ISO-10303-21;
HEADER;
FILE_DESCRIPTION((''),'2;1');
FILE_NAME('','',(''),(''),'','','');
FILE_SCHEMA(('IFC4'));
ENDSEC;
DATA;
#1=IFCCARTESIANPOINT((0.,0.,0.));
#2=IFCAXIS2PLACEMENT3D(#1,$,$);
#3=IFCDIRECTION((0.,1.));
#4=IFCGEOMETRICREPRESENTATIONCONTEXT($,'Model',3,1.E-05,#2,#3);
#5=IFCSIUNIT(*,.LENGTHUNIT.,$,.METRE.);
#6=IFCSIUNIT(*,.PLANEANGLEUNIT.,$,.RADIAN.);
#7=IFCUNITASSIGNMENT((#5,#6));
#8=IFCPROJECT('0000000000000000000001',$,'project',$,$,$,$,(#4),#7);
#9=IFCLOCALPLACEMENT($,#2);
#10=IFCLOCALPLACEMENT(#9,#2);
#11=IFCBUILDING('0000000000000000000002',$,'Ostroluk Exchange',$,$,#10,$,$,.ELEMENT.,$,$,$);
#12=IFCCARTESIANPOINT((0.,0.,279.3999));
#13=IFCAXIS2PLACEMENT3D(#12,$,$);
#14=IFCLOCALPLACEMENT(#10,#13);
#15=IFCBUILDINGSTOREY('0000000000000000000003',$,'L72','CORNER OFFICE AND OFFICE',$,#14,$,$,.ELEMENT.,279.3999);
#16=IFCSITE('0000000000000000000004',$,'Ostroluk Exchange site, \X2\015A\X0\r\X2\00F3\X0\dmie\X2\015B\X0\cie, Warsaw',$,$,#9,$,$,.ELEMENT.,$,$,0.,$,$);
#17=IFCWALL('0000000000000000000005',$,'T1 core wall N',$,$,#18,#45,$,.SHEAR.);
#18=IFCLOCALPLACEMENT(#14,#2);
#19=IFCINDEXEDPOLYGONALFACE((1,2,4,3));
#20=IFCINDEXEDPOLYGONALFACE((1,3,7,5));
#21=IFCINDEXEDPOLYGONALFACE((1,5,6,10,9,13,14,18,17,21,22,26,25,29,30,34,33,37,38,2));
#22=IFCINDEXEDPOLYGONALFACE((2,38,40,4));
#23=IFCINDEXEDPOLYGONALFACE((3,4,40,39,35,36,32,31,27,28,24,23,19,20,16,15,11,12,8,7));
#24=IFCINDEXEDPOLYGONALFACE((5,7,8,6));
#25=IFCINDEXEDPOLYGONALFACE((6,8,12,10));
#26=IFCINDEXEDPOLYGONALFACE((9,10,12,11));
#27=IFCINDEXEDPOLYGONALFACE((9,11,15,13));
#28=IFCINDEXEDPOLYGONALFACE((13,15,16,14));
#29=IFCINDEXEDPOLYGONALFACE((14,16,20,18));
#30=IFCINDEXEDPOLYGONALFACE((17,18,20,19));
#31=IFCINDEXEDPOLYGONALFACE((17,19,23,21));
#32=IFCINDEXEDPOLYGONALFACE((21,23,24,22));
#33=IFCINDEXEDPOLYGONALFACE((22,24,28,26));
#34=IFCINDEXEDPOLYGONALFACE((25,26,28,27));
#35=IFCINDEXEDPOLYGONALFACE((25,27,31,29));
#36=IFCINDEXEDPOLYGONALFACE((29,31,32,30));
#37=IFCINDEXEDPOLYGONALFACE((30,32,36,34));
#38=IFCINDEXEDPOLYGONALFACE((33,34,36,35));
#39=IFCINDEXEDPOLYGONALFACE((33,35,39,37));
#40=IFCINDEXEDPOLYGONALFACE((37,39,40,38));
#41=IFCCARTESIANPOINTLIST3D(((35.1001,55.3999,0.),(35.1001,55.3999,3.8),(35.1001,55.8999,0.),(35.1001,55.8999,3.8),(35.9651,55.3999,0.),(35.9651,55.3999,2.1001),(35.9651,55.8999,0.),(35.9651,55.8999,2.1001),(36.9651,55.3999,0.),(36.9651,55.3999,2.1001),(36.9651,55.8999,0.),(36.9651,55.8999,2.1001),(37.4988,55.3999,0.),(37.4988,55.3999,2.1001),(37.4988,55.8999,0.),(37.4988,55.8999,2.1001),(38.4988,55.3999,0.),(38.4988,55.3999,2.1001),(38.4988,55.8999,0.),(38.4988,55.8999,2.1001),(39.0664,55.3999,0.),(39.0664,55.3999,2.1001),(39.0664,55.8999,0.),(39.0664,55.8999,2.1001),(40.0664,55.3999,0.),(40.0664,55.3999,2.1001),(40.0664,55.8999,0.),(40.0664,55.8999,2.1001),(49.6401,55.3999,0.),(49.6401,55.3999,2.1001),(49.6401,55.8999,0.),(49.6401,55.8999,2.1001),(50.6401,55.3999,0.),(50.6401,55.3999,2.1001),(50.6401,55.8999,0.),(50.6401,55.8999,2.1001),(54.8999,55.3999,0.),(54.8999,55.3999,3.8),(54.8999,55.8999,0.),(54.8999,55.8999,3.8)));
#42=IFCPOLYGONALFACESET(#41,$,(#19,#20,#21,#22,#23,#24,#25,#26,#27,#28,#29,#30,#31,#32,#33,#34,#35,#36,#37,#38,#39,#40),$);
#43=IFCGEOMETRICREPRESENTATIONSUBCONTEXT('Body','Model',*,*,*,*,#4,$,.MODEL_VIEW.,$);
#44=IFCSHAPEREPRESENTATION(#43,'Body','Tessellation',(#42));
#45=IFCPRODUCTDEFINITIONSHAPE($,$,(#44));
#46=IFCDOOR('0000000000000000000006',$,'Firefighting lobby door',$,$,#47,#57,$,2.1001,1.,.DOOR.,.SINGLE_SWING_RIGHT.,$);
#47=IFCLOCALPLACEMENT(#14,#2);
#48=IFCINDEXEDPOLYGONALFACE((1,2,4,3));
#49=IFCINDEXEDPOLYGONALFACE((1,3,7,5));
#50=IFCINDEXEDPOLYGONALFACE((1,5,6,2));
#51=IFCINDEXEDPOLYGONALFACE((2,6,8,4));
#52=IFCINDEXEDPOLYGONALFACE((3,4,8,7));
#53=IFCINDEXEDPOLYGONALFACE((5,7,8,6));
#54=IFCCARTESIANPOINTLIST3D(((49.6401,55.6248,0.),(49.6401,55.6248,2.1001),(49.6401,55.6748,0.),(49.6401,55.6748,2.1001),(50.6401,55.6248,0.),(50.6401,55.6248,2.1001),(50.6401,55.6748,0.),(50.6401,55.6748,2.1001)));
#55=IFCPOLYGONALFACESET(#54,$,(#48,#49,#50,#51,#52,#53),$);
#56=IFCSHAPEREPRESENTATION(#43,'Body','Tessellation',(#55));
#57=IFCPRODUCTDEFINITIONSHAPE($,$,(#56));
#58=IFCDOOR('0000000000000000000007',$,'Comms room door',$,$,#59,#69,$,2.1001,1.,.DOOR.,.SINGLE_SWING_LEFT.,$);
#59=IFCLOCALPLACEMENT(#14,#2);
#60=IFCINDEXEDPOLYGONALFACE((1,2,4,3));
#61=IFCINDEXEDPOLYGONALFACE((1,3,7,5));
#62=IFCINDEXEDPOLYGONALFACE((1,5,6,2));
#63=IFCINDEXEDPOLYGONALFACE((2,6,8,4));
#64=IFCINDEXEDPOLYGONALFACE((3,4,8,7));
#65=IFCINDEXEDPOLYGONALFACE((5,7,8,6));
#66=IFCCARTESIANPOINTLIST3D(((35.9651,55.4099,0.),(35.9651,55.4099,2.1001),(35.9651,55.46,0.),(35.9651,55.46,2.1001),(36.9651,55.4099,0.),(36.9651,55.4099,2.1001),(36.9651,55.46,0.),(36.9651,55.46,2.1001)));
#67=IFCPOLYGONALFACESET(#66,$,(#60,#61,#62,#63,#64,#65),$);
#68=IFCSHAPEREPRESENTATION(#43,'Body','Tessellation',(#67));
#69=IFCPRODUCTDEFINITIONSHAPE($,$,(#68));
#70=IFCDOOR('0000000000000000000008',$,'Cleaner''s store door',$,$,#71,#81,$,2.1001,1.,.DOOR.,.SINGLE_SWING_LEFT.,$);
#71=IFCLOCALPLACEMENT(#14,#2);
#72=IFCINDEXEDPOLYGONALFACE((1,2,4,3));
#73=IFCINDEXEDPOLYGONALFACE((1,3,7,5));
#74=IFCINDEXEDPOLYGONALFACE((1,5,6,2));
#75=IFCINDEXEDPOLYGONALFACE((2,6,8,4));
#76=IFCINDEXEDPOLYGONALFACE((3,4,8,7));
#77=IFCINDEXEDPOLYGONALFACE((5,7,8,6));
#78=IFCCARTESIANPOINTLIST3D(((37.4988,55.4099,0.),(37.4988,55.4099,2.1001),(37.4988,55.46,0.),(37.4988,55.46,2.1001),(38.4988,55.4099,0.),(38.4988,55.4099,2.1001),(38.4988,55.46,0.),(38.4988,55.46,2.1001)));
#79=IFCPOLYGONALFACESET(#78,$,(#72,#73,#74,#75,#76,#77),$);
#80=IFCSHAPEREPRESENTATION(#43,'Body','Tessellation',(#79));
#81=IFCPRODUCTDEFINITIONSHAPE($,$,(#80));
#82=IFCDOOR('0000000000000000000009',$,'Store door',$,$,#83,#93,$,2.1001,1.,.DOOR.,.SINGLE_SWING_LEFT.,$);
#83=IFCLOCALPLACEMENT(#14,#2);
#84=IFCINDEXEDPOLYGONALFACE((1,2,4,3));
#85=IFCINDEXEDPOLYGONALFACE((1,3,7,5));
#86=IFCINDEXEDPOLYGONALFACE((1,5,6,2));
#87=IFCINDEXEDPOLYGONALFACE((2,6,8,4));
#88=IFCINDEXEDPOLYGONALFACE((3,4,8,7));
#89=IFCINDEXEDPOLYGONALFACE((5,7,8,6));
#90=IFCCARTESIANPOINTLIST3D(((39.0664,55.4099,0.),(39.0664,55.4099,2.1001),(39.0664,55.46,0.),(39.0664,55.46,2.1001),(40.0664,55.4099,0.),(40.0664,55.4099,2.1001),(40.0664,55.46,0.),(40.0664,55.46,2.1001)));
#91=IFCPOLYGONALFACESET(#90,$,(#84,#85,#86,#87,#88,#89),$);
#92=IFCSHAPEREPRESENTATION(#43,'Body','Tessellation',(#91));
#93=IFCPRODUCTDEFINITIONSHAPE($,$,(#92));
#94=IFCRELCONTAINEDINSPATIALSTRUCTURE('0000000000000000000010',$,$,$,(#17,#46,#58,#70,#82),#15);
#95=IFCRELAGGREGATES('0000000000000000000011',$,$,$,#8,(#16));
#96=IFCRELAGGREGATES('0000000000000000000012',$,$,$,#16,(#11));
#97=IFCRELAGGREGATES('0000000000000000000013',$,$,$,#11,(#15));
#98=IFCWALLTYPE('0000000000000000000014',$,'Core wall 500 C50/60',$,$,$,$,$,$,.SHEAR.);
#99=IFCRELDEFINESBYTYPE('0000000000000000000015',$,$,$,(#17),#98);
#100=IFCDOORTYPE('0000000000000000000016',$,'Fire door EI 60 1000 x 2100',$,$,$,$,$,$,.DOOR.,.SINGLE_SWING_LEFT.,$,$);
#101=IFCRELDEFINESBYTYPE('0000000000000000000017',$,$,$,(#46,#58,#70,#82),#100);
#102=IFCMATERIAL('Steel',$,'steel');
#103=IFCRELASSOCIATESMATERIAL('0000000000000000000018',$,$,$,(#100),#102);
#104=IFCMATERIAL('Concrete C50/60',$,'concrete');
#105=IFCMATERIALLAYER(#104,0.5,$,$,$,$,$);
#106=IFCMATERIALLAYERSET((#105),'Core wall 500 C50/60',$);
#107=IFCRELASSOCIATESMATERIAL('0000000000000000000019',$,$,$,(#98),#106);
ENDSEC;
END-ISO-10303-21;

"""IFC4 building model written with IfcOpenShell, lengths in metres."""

from ifc_helpers import new_model, si_unit, direction, frame, frame_2d, origin, place, context, subcontext, project, spatial, rectangle, extrude, material, layer, layer_set, type_object, element, fill, save


model = new_model("IFC4")

# Units and contexts
model_context = context("Model", 3, precision=1e-05, world=origin(), true_north=direction((0.0, 1.0)))
body_context = subcontext(model_context, "Body", "Model", "MODEL_VIEW")
ifc_project = project(units=[si_unit("LENGTHUNIT", "METRE"), si_unit("PLANEANGLEUNIT", "RADIAN")], contexts=[model_context])

# Site, building, storey
site_placement = place(None, origin())
site = spatial("IfcSite", under=ifc_project, at=site_placement, Name="Ostroluk Exchange site, Śródmieście, Warsaw", CompositionType="ELEMENT", RefElevation=0.0)
building_placement = place(site_placement, origin())
building = spatial("IfcBuilding", under=site, at=building_placement, Name="Ostroluk Exchange", CompositionType="ELEMENT")
storey_placement = place(building_placement, frame((0.0, 0.0, 279.3999)))
storey = spatial("IfcBuildingStorey", under=building, at=storey_placement, Name="L72", Description="CORNER OFFICE AND OFFICE", CompositionType="ELEMENT", Elevation=279.3999)

# Wall, openings, doors
ifc_material_1 = material(Name="Steel", Category="steel")
door_type_1 = type_object("IfcDoorType", Name="Fire door EI 60 1000 x 2100", OperationType="SINGLE_SWING_LEFT", PredefinedType="DOOR", material=ifc_material_1)
ifc_material_2 = material(Name="Concrete C50/60", Category="concrete")
ifc_layer_1 = layer(ifc_material_2, 0.5)
ifc_layer_set_1 = layer_set([ifc_layer_1], Name="Core wall 500 C50/60")
wall_type_1 = type_object("IfcWallType", Name="Core wall 500 C50/60", PredefinedType="SHEAR", material=ifc_layer_set_1)
wall_1_placement = place(storey_placement, frame((35.1001, 55.6499, 0.0), z_axis=(0.0, 0.0, 1.0), x_axis=(1.0, 0.0, 0.0)))
wall_1 = element("IfcWall", 1, at=wall_1_placement, inside=storey, type_object=wall_type_1, Name="T1 core wall N", PredefinedType="SHEAR", context=body_context, shape_type="SweptSolid", body=[
    extrude(rectangle(XDim=19.7998, YDim=0.5, at=frame_2d((9.8999, 0.0))), origin(), (0.0, 0.0, 1.0), 3.8),
])
opening_1_placement = place(wall_1_placement, frame((14.54, 0.0, 0.0)))
opening_1 = element("IfcOpeningElement", 2, at=opening_1_placement, cuts=wall_1, PredefinedType="OPENING", context=body_context, shape_type="SweptSolid", body=[
    extrude(rectangle(XDim=1.0, YDim=2.1001, at=frame_2d((0.5, 1.05))), frame((0.0, 0.26, 0.0), z_axis=(0.0, -1.0, 0.0), x_axis=(1.0, 0.0, 0.0)), (0.0, 0.0, 1.0), 0.52),
])
opening_2_placement = place(wall_1_placement, frame((0.865, 0.0, 0.0)))
opening_2 = element("IfcOpeningElement", 3, at=opening_2_placement, cuts=wall_1, PredefinedType="OPENING", context=body_context, shape_type="SweptSolid", body=[
    extrude(rectangle(XDim=1.0, YDim=2.1001, at=frame_2d((0.5, 1.05))), frame((0.0, 0.26, 0.0), z_axis=(0.0, -1.0, 0.0), x_axis=(1.0, 0.0, 0.0)), (0.0, 0.0, 1.0), 0.52),
])
opening_3_placement = place(wall_1_placement, frame((2.3987, 0.0, 0.0)))
opening_3 = element("IfcOpeningElement", 4, at=opening_3_placement, cuts=wall_1, PredefinedType="OPENING", context=body_context, shape_type="SweptSolid", body=[
    extrude(rectangle(XDim=1.0, YDim=2.1001, at=frame_2d((0.5, 1.05))), frame((0.0, 0.26, 0.0), z_axis=(0.0, -1.0, 0.0), x_axis=(1.0, 0.0, 0.0)), (0.0, 0.0, 1.0), 0.52),
])
opening_4_placement = place(wall_1_placement, frame((3.9663, 0.0, 0.0)))
opening_4 = element("IfcOpeningElement", 5, at=opening_4_placement, cuts=wall_1, PredefinedType="OPENING", context=body_context, shape_type="SweptSolid", body=[
    extrude(rectangle(XDim=1.0, YDim=2.1001, at=frame_2d((0.5, 1.05))), frame((0.0, 0.26, 0.0), z_axis=(0.0, -1.0, 0.0), x_axis=(1.0, 0.0, 0.0)), (0.0, 0.0, 1.0), 0.52),
])
door_1_placement = place(opening_1_placement, origin())
door_1 = element("IfcDoor", 6, at=door_1_placement, inside=storey, type_object=door_type_1, Name="Firefighting lobby door", OperationType="SINGLE_SWING_RIGHT", OverallHeight=2.1001, OverallWidth=1.0, PredefinedType="DOOR", context=body_context, shape_type="SweptSolid", body=[
    extrude(rectangle(XDim=1.0, YDim=2.1001, at=frame_2d((0.5, 1.05))), frame((0.0, 0.0249, 0.0), z_axis=(0.0, -1.0, 0.0), x_axis=(1.0, 0.0, 0.0)), (0.0, 0.0, 1.0), 0.05),
])
fill(opening_1, door_1)
door_2_placement = place(opening_2_placement, origin())
door_2 = element("IfcDoor", 7, at=door_2_placement, inside=storey, type_object=door_type_1, Name="Comms room door", OperationType="SINGLE_SWING_LEFT", OverallHeight=2.1001, OverallWidth=1.0, PredefinedType="DOOR", context=body_context, shape_type="SweptSolid", body=[
    extrude(rectangle(XDim=1.0, YDim=2.1001, at=frame_2d((0.5, 1.05))), frame((0.0, -0.1899, 0.0), z_axis=(0.0, -1.0, 0.0), x_axis=(1.0, 0.0, 0.0)), (0.0, 0.0, 1.0), 0.05),
])
fill(opening_2, door_2)
door_3_placement = place(opening_3_placement, origin())
door_3 = element("IfcDoor", 8, at=door_3_placement, inside=storey, type_object=door_type_1, Name="Cleaner's store door", OperationType="SINGLE_SWING_LEFT", OverallHeight=2.1001, OverallWidth=1.0, PredefinedType="DOOR", context=body_context, shape_type="SweptSolid", body=[
    extrude(rectangle(XDim=1.0, YDim=2.1001, at=frame_2d((0.5, 1.05))), frame((0.0, -0.1899, 0.0), z_axis=(0.0, -1.0, 0.0), x_axis=(1.0, 0.0, 0.0)), (0.0, 0.0, 1.0), 0.05),
])
fill(opening_3, door_3)
door_4_placement = place(opening_4_placement, origin())
door_4 = element("IfcDoor", 9, at=door_4_placement, inside=storey, type_object=door_type_1, Name="Store door", OperationType="SINGLE_SWING_LEFT", OverallHeight=2.1001, OverallWidth=1.0, PredefinedType="DOOR", context=body_context, shape_type="SweptSolid", body=[
    extrude(rectangle(XDim=1.0, YDim=2.1001, at=frame_2d((0.5, 1.05))), frame((0.0, -0.1899, 0.0), z_axis=(0.0, -1.0, 0.0), x_axis=(1.0, 0.0, 0.0)), (0.0, 0.0, 1.0), 0.05),
])
fill(opening_4, door_4)

save(model, "model.ifc")
